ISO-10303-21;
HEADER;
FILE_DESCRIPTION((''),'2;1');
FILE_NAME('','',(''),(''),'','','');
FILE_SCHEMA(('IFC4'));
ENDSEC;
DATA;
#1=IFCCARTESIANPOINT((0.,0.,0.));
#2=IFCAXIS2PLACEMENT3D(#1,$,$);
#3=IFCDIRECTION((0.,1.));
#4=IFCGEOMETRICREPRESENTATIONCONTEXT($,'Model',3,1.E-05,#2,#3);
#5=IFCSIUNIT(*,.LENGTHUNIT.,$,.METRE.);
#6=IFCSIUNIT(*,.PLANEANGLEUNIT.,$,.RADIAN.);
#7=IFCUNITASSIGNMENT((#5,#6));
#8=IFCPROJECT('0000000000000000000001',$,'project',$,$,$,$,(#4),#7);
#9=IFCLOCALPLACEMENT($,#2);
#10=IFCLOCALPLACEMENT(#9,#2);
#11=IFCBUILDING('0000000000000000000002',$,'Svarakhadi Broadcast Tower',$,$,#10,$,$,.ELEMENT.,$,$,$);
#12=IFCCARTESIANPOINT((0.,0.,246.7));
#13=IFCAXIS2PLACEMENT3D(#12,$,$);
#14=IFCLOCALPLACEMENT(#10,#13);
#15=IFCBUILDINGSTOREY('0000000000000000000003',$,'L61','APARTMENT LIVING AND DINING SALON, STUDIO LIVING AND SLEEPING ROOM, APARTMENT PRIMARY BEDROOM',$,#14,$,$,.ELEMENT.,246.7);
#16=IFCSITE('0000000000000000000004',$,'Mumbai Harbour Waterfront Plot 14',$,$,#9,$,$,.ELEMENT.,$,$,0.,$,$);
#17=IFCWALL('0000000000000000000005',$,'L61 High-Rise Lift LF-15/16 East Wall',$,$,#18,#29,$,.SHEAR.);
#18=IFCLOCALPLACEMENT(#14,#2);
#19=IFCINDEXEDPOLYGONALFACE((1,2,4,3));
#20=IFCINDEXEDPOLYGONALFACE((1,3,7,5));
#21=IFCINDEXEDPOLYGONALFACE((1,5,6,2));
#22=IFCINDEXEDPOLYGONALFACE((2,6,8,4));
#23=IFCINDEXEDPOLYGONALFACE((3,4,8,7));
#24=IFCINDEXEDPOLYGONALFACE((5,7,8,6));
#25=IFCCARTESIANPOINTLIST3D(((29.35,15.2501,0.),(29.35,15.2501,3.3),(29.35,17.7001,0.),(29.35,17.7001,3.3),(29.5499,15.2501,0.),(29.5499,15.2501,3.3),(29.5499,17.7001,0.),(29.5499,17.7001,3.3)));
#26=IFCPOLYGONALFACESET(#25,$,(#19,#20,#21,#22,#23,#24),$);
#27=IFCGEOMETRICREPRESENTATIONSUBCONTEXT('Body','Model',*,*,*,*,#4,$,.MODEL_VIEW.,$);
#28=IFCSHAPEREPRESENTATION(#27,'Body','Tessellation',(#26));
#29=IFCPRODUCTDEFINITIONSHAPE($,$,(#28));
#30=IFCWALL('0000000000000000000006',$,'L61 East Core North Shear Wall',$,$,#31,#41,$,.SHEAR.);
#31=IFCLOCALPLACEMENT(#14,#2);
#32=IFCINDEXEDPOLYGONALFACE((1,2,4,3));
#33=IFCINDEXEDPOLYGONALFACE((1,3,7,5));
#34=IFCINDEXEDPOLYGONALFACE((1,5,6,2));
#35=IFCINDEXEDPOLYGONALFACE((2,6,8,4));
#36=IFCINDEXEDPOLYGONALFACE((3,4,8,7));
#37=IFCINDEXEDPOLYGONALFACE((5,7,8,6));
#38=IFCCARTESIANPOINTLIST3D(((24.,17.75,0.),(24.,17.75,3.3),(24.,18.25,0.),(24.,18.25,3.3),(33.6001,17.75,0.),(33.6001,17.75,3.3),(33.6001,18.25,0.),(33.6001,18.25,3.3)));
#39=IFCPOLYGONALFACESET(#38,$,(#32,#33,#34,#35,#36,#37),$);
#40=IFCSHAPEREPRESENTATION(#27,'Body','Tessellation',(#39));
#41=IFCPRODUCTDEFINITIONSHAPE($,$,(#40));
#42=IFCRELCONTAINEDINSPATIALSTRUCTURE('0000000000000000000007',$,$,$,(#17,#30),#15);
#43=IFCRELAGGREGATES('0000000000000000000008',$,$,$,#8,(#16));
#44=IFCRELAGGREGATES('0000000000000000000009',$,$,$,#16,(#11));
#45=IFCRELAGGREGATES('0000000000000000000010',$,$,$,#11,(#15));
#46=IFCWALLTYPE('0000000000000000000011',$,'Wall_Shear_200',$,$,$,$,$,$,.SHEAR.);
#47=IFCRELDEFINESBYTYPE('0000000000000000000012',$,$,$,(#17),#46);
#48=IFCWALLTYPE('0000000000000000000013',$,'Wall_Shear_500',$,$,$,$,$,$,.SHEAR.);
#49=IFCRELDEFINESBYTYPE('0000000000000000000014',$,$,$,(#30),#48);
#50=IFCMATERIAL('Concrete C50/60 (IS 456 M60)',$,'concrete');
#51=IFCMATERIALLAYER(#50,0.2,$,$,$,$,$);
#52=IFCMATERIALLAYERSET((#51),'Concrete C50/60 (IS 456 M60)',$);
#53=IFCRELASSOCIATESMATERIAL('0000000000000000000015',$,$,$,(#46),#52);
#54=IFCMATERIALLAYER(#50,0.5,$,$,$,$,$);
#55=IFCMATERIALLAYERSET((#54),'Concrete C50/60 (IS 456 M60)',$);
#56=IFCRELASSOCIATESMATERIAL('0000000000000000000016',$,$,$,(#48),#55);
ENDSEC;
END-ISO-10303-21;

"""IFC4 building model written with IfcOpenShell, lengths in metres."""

from ifc_helpers import new_model, si_unit, direction, frame, frame_2d, origin, place, context, subcontext, project, spatial, rectangle, extrude, material, layer, layer_set, type_object, element, save


model = new_model("IFC4")

# Units and contexts
model_context = context("Model", 3, precision=1e-05, world=origin(), true_north=direction((0.0, 1.0)))
body_context = subcontext(model_context, "Body", "Model", "MODEL_VIEW")
ifc_project = project(units=[si_unit("LENGTHUNIT", "METRE"), si_unit("PLANEANGLEUNIT", "RADIAN")], contexts=[model_context])

# Site, building, storey
site_placement = place(None, origin())
site = spatial("IfcSite", under=ifc_project, at=site_placement, Name="Mumbai Harbour Waterfront Plot 14", CompositionType="ELEMENT", RefElevation=0.0)
building_placement = place(site_placement, origin())
building = spatial("IfcBuilding", under=site, at=building_placement, Name="Svarakhadi Broadcast Tower", CompositionType="ELEMENT")
storey_placement = place(building_placement, frame((0.0, 0.0, 246.7)))
storey = spatial("IfcBuildingStorey", under=building, at=storey_placement, Name="L61", Description="APARTMENT LIVING AND DINING SALON, STUDIO LIVING AND SLEEPING ROOM, APARTMENT PRIMARY BEDROOM", CompositionType="ELEMENT", Elevation=246.7)

# Shared definitions
ifc_material_1 = material(Name="Concrete C50/60 (IS 456 M60)", Category="concrete")
ifc_layer_1 = layer(ifc_material_1, 0.2)
ifc_layer_set_1 = layer_set([ifc_layer_1], Name="Concrete C50/60 (IS 456 M60)")
wall_type_1 = type_object("IfcWallType", Name="Wall_Shear_200", PredefinedType="SHEAR", material=ifc_layer_set_1)

# Walls
wall_1_placement = place(storey_placement, frame((29.45, 15.25, 0.0), z_axis=(0.0, 0.0, 1.0), x_axis=(0.0, 1.0, 0.0)))
element("IfcWall", 1, at=wall_1_placement, inside=storey, type_object=wall_type_1, Name="L61 High-Rise Lift LF-15/16 East Wall", PredefinedType="SHEAR", context=body_context, shape_type="SweptSolid", body=[
    extrude(rectangle(XDim=2.45, YDim=0.2, at=frame_2d((1.2251, 0.0))), origin(), (0.0, 0.0, 1.0), 3.3),
])
ifc_layer_2 = layer(ifc_material_1, 0.5)
ifc_layer_set_2 = layer_set([ifc_layer_2], Name="Concrete C50/60 (IS 456 M60)")
wall_type_2 = type_object("IfcWallType", Name="Wall_Shear_500", PredefinedType="SHEAR", material=ifc_layer_set_2)
wall_2_placement = place(storey_placement, frame((24.0, 18.0, 0.0), z_axis=(0.0, 0.0, 1.0), x_axis=(1.0, 0.0, 0.0)))
element("IfcWall", 2, at=wall_2_placement, inside=storey, type_object=wall_type_2, Name="L61 East Core North Shear Wall", PredefinedType="SHEAR", context=body_context, shape_type="SweptSolid", body=[
    extrude(rectangle(XDim=9.6001, YDim=0.5, at=frame_2d((4.8, 0.0))), origin(), (0.0, 0.0, 1.0), 3.3),
])

save(model, "model.ifc")
